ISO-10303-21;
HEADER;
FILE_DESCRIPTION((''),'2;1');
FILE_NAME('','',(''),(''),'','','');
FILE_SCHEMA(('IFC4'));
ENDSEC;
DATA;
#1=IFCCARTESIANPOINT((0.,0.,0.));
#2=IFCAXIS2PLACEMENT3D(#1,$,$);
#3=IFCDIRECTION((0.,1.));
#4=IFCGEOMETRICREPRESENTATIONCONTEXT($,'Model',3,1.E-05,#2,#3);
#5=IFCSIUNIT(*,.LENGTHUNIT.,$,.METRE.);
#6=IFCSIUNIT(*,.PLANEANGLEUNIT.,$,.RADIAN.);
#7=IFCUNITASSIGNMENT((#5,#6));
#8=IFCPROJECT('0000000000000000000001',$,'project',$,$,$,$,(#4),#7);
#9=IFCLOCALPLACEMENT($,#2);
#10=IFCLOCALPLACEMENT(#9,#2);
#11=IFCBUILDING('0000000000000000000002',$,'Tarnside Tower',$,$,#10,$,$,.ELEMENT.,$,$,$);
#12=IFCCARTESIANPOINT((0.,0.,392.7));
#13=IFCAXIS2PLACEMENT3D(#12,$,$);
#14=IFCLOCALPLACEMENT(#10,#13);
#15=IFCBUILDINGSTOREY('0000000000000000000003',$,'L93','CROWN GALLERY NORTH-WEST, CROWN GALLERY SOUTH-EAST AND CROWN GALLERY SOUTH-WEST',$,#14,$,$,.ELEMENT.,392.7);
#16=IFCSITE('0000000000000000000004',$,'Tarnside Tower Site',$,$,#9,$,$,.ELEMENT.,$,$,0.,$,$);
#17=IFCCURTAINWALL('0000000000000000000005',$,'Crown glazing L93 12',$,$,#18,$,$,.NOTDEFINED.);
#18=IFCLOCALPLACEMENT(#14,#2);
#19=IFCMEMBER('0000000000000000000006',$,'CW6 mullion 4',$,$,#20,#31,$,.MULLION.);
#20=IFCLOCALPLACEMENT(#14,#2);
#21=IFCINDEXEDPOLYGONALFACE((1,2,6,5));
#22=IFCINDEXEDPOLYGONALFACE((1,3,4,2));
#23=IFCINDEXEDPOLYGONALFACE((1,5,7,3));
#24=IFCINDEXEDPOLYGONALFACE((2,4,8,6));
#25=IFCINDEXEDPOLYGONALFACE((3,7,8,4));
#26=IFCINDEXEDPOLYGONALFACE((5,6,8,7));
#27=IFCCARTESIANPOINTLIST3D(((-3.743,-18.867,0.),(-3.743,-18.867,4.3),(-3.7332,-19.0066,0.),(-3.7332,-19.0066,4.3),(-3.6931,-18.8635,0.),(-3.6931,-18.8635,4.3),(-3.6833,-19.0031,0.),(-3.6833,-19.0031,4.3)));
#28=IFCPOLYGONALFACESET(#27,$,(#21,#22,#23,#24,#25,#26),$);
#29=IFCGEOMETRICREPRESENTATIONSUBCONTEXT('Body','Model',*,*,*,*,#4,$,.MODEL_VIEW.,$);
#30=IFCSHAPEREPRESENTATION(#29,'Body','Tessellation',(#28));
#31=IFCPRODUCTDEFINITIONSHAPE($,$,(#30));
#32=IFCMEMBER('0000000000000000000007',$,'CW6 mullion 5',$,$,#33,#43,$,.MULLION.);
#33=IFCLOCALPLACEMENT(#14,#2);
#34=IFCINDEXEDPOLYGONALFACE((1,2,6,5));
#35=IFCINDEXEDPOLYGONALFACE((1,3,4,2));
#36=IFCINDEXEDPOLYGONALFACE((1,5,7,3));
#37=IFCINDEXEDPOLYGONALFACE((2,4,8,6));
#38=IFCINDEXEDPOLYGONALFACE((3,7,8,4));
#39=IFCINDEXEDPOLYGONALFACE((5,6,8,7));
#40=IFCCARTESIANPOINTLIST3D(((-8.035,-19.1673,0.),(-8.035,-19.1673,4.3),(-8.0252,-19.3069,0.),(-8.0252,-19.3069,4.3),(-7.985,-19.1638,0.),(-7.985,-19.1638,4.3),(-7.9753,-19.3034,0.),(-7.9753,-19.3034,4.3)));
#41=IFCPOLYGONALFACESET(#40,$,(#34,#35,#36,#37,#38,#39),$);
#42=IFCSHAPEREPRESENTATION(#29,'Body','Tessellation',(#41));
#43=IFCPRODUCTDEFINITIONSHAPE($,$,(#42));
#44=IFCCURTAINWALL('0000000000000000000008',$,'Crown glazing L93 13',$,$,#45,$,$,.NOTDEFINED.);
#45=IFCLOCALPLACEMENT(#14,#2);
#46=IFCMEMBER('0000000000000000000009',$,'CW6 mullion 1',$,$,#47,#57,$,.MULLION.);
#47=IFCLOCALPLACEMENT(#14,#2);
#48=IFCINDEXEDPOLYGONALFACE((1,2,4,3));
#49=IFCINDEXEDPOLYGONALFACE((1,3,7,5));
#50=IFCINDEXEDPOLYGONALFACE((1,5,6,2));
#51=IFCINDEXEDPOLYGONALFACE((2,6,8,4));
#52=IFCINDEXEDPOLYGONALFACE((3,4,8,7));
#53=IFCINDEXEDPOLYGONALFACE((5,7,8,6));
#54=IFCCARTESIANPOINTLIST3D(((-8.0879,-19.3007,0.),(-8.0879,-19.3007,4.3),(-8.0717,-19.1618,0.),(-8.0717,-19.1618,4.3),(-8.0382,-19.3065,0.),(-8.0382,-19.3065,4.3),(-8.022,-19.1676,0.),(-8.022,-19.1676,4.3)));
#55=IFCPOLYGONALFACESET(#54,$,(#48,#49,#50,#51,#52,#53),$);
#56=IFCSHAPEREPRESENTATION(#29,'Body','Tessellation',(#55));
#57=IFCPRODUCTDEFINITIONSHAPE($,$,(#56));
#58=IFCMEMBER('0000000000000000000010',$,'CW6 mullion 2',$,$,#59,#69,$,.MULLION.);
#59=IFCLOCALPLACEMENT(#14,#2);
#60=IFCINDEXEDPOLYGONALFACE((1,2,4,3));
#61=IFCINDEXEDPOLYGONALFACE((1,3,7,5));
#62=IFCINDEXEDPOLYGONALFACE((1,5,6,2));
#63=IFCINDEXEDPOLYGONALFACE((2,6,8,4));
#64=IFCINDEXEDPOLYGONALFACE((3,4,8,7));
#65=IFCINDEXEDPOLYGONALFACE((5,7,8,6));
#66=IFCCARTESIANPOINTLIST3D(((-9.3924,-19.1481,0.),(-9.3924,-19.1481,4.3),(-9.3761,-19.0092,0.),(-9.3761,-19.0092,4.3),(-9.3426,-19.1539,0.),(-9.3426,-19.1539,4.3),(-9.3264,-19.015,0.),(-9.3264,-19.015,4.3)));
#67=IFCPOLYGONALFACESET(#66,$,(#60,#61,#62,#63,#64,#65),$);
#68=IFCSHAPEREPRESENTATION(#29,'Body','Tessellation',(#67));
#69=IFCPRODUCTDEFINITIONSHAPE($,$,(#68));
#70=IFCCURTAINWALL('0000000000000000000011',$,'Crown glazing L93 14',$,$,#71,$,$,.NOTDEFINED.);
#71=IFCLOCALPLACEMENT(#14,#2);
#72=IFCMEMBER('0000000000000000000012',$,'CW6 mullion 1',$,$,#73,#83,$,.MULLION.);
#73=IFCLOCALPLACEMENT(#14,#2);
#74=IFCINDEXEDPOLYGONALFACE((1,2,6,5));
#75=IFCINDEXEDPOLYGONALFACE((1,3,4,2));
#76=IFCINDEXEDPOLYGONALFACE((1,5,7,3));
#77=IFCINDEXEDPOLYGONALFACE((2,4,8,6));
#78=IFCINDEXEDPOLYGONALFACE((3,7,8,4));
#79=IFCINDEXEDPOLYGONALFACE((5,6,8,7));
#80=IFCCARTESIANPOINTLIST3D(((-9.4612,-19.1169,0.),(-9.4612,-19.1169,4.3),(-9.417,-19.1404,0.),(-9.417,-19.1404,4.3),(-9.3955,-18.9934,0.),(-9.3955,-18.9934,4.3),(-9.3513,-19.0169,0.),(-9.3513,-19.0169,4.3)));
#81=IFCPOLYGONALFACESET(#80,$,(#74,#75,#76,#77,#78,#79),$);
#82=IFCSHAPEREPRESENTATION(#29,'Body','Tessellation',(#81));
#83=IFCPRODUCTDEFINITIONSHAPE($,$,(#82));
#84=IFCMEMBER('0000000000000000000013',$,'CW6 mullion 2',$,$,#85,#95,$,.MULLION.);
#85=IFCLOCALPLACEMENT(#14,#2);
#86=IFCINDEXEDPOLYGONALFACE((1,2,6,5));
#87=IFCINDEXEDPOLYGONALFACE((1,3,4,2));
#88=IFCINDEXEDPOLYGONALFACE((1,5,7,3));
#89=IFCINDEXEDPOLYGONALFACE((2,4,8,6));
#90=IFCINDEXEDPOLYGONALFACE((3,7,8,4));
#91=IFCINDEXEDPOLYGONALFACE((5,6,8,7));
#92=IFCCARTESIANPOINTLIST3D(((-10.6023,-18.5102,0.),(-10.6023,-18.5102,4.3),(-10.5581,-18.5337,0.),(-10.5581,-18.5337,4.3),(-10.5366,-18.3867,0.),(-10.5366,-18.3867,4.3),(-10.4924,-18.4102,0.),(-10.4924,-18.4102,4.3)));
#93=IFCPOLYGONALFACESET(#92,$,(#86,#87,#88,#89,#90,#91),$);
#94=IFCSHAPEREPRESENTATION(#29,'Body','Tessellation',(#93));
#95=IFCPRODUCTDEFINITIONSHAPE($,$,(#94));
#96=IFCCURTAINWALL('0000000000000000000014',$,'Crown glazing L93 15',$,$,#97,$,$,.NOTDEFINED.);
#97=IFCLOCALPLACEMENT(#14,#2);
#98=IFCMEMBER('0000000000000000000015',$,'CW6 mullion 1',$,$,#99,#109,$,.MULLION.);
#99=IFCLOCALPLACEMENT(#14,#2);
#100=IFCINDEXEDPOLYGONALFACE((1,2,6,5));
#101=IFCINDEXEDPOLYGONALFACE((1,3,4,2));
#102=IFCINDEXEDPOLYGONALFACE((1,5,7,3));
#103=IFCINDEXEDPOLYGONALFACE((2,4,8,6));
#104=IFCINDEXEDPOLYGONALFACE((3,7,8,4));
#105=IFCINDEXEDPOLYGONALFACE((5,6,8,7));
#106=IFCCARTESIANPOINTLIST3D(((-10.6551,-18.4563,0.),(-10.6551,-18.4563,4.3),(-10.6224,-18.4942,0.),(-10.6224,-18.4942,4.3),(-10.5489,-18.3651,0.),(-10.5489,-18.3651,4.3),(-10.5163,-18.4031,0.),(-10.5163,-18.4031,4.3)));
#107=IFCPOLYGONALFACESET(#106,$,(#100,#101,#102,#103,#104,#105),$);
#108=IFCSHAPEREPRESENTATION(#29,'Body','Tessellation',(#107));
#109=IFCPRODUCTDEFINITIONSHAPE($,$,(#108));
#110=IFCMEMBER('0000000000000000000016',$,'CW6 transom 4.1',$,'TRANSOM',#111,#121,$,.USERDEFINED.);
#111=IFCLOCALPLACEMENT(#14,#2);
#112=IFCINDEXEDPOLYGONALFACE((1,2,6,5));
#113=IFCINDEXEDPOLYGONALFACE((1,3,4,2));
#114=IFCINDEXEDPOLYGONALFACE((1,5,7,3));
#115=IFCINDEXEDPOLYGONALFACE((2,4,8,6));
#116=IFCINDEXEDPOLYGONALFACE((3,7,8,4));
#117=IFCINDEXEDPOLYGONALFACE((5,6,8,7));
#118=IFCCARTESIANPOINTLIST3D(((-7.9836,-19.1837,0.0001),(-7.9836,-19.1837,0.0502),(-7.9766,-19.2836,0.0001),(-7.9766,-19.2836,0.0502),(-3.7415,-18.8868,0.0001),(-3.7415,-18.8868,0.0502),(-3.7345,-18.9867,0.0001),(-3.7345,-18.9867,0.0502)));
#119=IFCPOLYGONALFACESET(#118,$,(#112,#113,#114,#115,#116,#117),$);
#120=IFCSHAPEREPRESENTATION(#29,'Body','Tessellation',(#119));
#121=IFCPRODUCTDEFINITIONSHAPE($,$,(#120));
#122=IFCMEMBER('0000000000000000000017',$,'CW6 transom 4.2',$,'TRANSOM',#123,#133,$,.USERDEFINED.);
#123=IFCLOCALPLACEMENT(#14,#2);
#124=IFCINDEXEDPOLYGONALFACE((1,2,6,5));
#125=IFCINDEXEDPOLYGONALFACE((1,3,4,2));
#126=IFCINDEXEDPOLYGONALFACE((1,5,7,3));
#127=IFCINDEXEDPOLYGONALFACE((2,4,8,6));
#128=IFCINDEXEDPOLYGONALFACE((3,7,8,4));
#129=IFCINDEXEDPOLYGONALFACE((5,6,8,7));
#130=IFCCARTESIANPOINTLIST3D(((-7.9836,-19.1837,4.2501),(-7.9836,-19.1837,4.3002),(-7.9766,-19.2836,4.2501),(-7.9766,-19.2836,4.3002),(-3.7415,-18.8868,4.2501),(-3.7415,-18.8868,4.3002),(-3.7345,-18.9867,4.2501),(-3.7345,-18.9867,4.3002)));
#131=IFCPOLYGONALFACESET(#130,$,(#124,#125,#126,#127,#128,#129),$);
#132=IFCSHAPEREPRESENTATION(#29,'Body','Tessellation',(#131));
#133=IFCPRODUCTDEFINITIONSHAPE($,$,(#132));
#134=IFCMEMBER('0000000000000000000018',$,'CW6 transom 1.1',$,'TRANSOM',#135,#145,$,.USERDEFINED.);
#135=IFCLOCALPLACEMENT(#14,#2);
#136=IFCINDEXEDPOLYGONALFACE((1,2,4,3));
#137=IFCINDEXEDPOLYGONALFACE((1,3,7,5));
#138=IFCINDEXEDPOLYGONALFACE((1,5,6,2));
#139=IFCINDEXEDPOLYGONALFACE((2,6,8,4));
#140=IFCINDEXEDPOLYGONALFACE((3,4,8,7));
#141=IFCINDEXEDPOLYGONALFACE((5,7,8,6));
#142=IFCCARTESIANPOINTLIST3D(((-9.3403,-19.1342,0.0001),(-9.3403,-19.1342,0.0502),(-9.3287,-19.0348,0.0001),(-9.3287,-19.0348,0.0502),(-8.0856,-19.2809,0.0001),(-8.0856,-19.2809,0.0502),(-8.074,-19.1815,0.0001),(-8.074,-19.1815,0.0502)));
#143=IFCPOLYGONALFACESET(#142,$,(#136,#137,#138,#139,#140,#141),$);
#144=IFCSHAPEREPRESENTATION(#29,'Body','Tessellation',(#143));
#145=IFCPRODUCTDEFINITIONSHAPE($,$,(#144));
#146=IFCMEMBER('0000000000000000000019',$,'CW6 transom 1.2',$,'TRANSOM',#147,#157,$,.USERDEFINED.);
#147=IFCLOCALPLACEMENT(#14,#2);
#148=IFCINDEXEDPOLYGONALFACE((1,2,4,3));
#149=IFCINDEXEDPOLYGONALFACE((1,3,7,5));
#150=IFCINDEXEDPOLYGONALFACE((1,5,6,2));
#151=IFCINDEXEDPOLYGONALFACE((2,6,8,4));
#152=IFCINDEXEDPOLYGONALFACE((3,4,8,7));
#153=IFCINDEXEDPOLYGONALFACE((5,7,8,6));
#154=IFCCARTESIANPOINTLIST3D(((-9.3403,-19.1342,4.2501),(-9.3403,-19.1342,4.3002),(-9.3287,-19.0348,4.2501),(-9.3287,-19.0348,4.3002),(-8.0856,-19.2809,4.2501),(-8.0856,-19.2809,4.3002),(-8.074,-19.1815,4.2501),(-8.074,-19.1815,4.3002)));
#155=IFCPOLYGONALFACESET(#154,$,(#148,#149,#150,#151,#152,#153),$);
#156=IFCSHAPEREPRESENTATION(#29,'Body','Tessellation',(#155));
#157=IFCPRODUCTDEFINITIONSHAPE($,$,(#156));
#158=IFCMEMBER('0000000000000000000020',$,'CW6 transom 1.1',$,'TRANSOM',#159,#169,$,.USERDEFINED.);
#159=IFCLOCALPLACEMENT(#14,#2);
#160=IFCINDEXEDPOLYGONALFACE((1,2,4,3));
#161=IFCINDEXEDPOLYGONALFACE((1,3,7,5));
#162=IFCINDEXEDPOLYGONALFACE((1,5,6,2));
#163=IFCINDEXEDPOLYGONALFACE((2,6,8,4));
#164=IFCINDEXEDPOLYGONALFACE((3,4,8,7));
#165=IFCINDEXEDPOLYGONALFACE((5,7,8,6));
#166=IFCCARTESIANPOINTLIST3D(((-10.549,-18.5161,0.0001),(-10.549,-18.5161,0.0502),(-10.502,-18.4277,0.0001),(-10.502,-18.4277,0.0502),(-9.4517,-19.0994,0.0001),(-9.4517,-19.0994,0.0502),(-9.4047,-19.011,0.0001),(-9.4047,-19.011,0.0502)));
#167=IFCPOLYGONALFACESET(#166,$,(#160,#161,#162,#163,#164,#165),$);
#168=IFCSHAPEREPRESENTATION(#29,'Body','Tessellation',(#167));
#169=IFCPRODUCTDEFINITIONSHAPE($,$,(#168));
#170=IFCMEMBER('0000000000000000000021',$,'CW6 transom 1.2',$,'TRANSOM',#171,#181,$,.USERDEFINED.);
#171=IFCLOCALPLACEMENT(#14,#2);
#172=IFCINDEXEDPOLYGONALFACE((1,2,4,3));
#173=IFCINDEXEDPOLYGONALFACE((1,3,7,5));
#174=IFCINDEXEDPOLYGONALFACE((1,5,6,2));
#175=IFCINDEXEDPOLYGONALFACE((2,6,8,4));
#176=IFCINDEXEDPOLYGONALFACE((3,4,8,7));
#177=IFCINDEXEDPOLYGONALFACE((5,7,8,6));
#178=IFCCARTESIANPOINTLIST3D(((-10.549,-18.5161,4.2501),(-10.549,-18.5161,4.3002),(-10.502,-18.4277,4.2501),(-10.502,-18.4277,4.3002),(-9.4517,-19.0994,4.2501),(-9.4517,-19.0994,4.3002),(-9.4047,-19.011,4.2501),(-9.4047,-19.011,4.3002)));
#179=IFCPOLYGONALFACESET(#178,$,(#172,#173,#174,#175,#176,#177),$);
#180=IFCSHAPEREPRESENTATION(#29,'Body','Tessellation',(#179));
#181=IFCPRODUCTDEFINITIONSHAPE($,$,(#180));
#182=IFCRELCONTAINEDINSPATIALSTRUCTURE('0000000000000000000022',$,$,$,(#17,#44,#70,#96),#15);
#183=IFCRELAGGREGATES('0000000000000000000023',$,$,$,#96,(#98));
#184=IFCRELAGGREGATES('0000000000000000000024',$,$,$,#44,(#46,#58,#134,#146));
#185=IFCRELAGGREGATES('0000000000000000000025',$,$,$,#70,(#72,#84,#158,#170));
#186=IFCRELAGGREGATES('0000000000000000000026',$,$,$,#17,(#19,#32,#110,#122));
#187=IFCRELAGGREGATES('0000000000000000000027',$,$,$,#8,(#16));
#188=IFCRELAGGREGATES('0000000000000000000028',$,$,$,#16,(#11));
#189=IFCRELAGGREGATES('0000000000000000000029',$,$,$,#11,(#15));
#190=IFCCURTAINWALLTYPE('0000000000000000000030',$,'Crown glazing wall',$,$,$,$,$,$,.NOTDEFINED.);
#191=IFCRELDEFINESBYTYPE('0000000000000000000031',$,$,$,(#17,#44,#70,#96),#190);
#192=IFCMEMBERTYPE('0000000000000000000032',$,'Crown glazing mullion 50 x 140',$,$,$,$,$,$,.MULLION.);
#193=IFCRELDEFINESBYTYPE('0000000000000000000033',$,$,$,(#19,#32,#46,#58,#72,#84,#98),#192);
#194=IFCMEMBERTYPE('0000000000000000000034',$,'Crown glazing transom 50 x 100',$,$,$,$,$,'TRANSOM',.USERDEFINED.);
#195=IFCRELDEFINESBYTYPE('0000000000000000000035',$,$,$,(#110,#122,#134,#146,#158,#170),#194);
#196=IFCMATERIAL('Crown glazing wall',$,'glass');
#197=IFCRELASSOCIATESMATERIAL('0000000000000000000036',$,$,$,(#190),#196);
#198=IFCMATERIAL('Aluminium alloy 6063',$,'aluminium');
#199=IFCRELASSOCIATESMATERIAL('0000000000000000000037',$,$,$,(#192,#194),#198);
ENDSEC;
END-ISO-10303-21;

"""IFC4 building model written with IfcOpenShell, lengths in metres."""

from ifc_helpers import new_model, si_unit, direction, frame, origin, origin_2d, place, context, subcontext, project, spatial, rectangle, extrude, material, material_profile, profile_set, type_object, element, aggregate, save


model = new_model("IFC4")

# Units and contexts
model_context = context("Model", 3, precision=1e-05, world=origin(), true_north=direction((0.0, 1.0)))
body_context = subcontext(model_context, "Body", "Model", "MODEL_VIEW")
ifc_project = project(units=[si_unit("LENGTHUNIT", "METRE"), si_unit("PLANEANGLEUNIT", "RADIAN")], contexts=[model_context])

# Site, building, storey
site_placement = place(None, origin())
site = spatial("IfcSite", under=ifc_project, at=site_placement, Name="Tarnside Tower Site", CompositionType="ELEMENT", RefElevation=0.0)
building_placement = place(site_placement, origin())
building = spatial("IfcBuilding", under=site, at=building_placement, Name="Tarnside Tower", CompositionType="ELEMENT")
storey_placement = place(building_placement, frame((0.0, 0.0, 392.7)))
storey = spatial("IfcBuildingStorey", under=building, at=storey_placement, Name="L93", Description="CROWN GALLERY NORTH-WEST, CROWN GALLERY SOUTH-EAST AND CROWN GALLERY SOUTH-WEST", CompositionType="ELEMENT", Elevation=392.7)

# Curtain walls, members
ifc_material_1 = material(Name="Crown glazing wall", Category="glass")
curtain_wall_type = type_object("IfcCurtainWallType", Name="Crown glazing wall", PredefinedType="NOTDEFINED", material=ifc_material_1)
curtain_wall_1_placement = place(storey_placement, origin())
curtain_wall_1 = element("IfcCurtainWall", 1, at=curtain_wall_1_placement, inside=storey, type_object=curtain_wall_type, Name="Crown glazing L93 12", PredefinedType="NOTDEFINED")
ifc_material_2 = material(Name="Aluminium alloy 6063", Category="aluminium")
ifc_material_profile_1 = material_profile(ifc_material_2, rectangle(XDim=0.1399, YDim=0.05, at=origin_2d()), Name="Crown glazing mullion 50 x 140")
ifc_profile_set_1 = profile_set([ifc_material_profile_1], Name="Aluminium alloy 6063")
member_type_1 = type_object("IfcMemberType", Name="Crown glazing mullion 50 x 140", PredefinedType="MULLION", material=ifc_profile_set_1)
member_1_placement = place(storey_placement, frame((-3.7131, -18.9351, 0.0), z_axis=(0.0, 0.0, 1.0), x_axis=(0.069756, -0.997564, 0.0)))
member_1 = element("IfcMember", 2, at=member_1_placement, type_object=member_type_1, Name="CW6 mullion 4", PredefinedType="MULLION", context=body_context, shape_type="SweptSolid", body=[
    extrude(rectangle(XDim=0.1399, YDim=0.05, at=origin_2d()), origin(), (0.0, 0.0, 1.0), 4.3),
])
member_2_placement = place(storey_placement, frame((-8.0051, -19.2354, 0.0), z_axis=(0.0, 0.0, 1.0), x_axis=(0.069756, -0.997564, 0.0)))
member_2 = element("IfcMember", 3, at=member_2_placement, type_object=member_type_1, Name="CW6 mullion 5", PredefinedType="MULLION", context=body_context, shape_type="SweptSolid", body=[
    extrude(rectangle(XDim=0.1399, YDim=0.05, at=origin_2d()), origin(), (0.0, 0.0, 1.0), 4.3),
])
curtain_wall_2_placement = place(storey_placement, origin())
curtain_wall_2 = element("IfcCurtainWall", 4, at=curtain_wall_2_placement, inside=storey, type_object=curtain_wall_type, Name="Crown glazing L93 13", PredefinedType="NOTDEFINED")
member_3_placement = place(storey_placement, frame((-8.0549, -19.2341, 0.0), z_axis=(0.0, 0.0, 1.0), x_axis=(-0.116093, -0.993238, 0.0)))
member_3 = element("IfcMember", 5, at=member_3_placement, type_object=member_type_1, Name="CW6 mullion 1", PredefinedType="MULLION", context=body_context, shape_type="SweptSolid", body=[
    extrude(rectangle(XDim=0.1399, YDim=0.05, at=origin_2d()), origin(), (0.0, 0.0, 1.0), 4.3),
])
member_4_placement = place(storey_placement, frame((-9.3594, -19.0815, 0.0), z_axis=(0.0, 0.0, 1.0), x_axis=(-0.116093, -0.993238, 0.0)))
member_4 = element("IfcMember", 6, at=member_4_placement, type_object=member_type_1, Name="CW6 mullion 2", PredefinedType="MULLION", context=body_context, shape_type="SweptSolid", body=[
    extrude(rectangle(XDim=0.1399, YDim=0.05, at=origin_2d()), origin(), (0.0, 0.0, 1.0), 4.3),
])
curtain_wall_3_placement = place(storey_placement, origin())
curtain_wall_3 = element("IfcCurtainWall", 7, at=curtain_wall_3_placement, inside=storey, type_object=curtain_wall_type, Name="Crown glazing L93 14", PredefinedType="NOTDEFINED")
member_5_placement = place(storey_placement, frame((-9.4062, -19.0669, 0.0), z_axis=(0.0, 0.0, 1.0), x_axis=(-0.469472, -0.882948, 0.0)))
member_5 = element("IfcMember", 8, at=member_5_placement, type_object=member_type_1, Name="CW6 mullion 1", PredefinedType="MULLION", context=body_context, shape_type="SweptSolid", body=[
    extrude(rectangle(XDim=0.1399, YDim=0.05, at=origin_2d()), origin(), (0.0, 0.0, 1.0), 4.3),
])
member_6_placement = place(storey_placement, frame((-10.5474, -18.4602, 0.0), z_axis=(0.0, 0.0, 1.0), x_axis=(-0.469472, -0.882948, 0.0)))
member_6 = element("IfcMember", 9, at=member_6_placement, type_object=member_type_1, Name="CW6 mullion 2", PredefinedType="MULLION", context=body_context, shape_type="SweptSolid", body=[
    extrude(rectangle(XDim=0.1399, YDim=0.05, at=origin_2d()), origin(), (0.0, 0.0, 1.0), 4.3),
])

# Curtain wall, member
curtain_wall_4_placement = place(storey_placement, origin())
curtain_wall_4 = element("IfcCurtainWall", 10, at=curtain_wall_4_placement, inside=storey, type_object=curtain_wall_type, Name="Crown glazing L93 15", PredefinedType="NOTDEFINED")
member_7_placement = place(storey_placement, frame((-10.5857, -18.4297, 0.0), z_axis=(0.0, 0.0, 1.0), x_axis=(-0.758514, -0.651657, 0.0)))
member_7 = element("IfcMember", 11, at=member_7_placement, type_object=member_type_1, Name="CW6 mullion 1", PredefinedType="MULLION", context=body_context, shape_type="SweptSolid", body=[
    extrude(rectangle(XDim=0.1399, YDim=0.05, at=origin_2d()), origin(), (0.0, 0.0, 1.0), 4.3),
])
aggregate(curtain_wall_4, [member_7])

# Members
ifc_material_profile_2 = material_profile(ifc_material_2, rectangle(XDim=0.1001, YDim=0.05, at=origin_2d()), Name="Crown glazing transom 50 x 100")
ifc_profile_set_2 = profile_set([ifc_material_profile_2], Name="Aluminium alloy 6063")
member_type_2 = type_object("IfcMemberType", Name="Crown glazing transom 50 x 100", ElementType="TRANSOM", PredefinedType="USERDEFINED", material=ifc_profile_set_2)
member_8_placement = place(storey_placement, frame((-3.738, -18.9368, 0.0251), z_axis=(-0.99756, -0.069811, 0.0), x_axis=(0.069811, -0.99756, 0.0)))
member_8 = element("IfcMember", 12, at=member_8_placement, type_object=member_type_2, Name="CW6 transom 4.1", ObjectType="TRANSOM", PredefinedType="USERDEFINED", context=body_context, shape_type="SweptSolid", body=[
    extrude(rectangle(XDim=0.1001, YDim=0.05, at=origin_2d()), origin(), (0.0, 0.0, 1.0), 4.2524),
])
member_9_placement = place(storey_placement, frame((-3.738, -18.9368, 4.2751), z_axis=(-0.99756, -0.069811, 0.0), x_axis=(0.069811, -0.99756, 0.0)))
member_9 = element("IfcMember", 13, at=member_9_placement, type_object=member_type_2, Name="CW6 transom 4.2", ObjectType="TRANSOM", PredefinedType="USERDEFINED", context=body_context, shape_type="SweptSolid", body=[
    extrude(rectangle(XDim=0.1001, YDim=0.05, at=origin_2d()), origin(), (0.0, 0.0, 1.0), 4.2524),
])
member_10_placement = place(storey_placement, frame((-8.0798, -19.2312, 0.0251), z_axis=(-0.993231, 0.116157, 0.0), x_axis=(-0.116157, -0.993231, 0.0)))
member_10 = element("IfcMember", 14, at=member_10_placement, type_object=member_type_2, Name="CW6 transom 1.1", ObjectType="TRANSOM", PredefinedType="USERDEFINED", context=body_context, shape_type="SweptSolid", body=[
    extrude(rectangle(XDim=0.1001, YDim=0.05, at=origin_2d()), origin(), (0.0, 0.0, 1.0), 1.2632),
])
member_11_placement = place(storey_placement, frame((-8.0798, -19.2312, 4.2751), z_axis=(-0.993231, 0.116157, 0.0), x_axis=(-0.116157, -0.993231, 0.0)))
member_11 = element("IfcMember", 15, at=member_11_placement, type_object=member_type_2, Name="CW6 transom 1.2", ObjectType="TRANSOM", PredefinedType="USERDEFINED", context=body_context, shape_type="SweptSolid", body=[
    extrude(rectangle(XDim=0.1001, YDim=0.05, at=origin_2d()), origin(), (0.0, 0.0, 1.0), 1.2632),
])
member_12_placement = place(storey_placement, frame((-9.4282, -19.0552, 0.0251), z_axis=(-0.882988, 0.469395, 0.0), x_axis=(-0.469395, -0.882988, 0.0)))
member_12 = element("IfcMember", 16, at=member_12_placement, type_object=member_type_2, Name="CW6 transom 1.1", ObjectType="TRANSOM", PredefinedType="USERDEFINED", context=body_context, shape_type="SweptSolid", body=[
    extrude(rectangle(XDim=0.1001, YDim=0.05, at=origin_2d()), origin(), (0.0, 0.0, 1.0), 1.2427),
])
member_13_placement = place(storey_placement, frame((-9.4282, -19.0552, 4.2751), z_axis=(-0.882988, 0.469395, 0.0), x_axis=(-0.469395, -0.882988, 0.0)))
member_13 = element("IfcMember", 17, at=member_13_placement, type_object=member_type_2, Name="CW6 transom 1.2", ObjectType="TRANSOM", PredefinedType="USERDEFINED", context=body_context, shape_type="SweptSolid", body=[
    extrude(rectangle(XDim=0.1001, YDim=0.05, at=origin_2d()), origin(), (0.0, 0.0, 1.0), 1.2427),
])

aggregate(curtain_wall_2, [member_3, member_4, member_10, member_11])
aggregate(curtain_wall_3, [member_5, member_6, member_12, member_13])
aggregate(curtain_wall_1, [member_1, member_2, member_8, member_9])

save(model, "model.ifc")
